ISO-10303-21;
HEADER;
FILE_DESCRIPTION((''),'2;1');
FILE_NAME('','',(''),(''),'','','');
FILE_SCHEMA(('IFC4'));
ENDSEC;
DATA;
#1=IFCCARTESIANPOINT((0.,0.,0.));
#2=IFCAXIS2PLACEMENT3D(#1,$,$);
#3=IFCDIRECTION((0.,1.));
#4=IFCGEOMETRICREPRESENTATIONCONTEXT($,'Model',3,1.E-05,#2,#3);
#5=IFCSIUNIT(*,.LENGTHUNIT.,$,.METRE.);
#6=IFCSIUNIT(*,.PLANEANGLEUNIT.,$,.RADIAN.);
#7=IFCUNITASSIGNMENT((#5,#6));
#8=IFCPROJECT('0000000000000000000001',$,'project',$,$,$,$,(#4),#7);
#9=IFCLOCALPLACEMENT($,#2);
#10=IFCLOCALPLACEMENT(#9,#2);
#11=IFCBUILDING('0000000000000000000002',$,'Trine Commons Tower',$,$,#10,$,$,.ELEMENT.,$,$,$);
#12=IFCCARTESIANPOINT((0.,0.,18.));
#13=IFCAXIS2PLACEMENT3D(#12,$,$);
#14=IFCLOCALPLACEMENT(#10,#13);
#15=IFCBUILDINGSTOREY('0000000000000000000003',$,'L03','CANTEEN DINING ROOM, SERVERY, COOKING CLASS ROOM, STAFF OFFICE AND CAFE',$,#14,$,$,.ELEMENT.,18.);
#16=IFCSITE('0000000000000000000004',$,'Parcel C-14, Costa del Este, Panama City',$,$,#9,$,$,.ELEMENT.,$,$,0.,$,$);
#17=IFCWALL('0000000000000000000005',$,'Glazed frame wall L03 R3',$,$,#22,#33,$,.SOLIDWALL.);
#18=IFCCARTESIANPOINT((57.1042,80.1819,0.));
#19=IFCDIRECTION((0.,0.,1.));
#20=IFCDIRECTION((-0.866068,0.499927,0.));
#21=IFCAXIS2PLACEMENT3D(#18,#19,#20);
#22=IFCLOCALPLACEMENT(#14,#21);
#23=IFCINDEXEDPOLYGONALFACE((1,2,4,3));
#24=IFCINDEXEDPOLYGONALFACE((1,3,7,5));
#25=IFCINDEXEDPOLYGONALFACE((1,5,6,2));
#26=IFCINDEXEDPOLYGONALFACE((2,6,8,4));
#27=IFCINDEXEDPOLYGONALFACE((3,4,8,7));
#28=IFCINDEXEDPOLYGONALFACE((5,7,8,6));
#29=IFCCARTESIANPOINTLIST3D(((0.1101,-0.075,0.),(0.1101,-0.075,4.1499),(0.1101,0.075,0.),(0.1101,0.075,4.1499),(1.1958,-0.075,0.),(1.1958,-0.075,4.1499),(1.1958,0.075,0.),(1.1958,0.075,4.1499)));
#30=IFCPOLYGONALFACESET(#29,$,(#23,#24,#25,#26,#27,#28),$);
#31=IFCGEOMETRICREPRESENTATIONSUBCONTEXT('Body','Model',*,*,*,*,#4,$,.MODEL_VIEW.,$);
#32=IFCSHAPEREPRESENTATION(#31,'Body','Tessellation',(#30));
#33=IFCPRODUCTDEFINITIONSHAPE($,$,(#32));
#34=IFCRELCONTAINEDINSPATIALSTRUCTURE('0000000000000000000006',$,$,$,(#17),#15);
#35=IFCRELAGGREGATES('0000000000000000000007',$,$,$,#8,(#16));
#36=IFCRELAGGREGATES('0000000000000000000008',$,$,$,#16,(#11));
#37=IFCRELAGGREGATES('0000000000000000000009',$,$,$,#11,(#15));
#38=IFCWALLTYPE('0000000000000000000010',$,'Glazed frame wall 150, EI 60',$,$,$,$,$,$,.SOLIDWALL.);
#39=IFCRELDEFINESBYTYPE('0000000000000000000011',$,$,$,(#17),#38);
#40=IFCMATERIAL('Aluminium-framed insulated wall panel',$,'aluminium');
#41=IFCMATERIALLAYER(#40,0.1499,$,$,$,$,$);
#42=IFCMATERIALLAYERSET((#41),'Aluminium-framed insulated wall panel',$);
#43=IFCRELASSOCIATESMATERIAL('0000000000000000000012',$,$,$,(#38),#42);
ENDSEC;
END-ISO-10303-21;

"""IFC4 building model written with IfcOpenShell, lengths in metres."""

from ifc_helpers import new_model, si_unit, direction, frame, origin, place, context, subcontext, project, spatial, polyline, outline, extrude, material, layer, layer_set, type_object, element, save


model = new_model("IFC4")

# Units and contexts
model_context = context("Model", 3, precision=1e-05, world=origin(), true_north=direction((0.0, 1.0)))
body_context = subcontext(model_context, "Body", "Model", "MODEL_VIEW")
ifc_project = project(units=[si_unit("LENGTHUNIT", "METRE"), si_unit("PLANEANGLEUNIT", "RADIAN")], contexts=[model_context])

# Site, building, storey
site_placement = place(None, origin())
site = spatial("IfcSite", under=ifc_project, at=site_placement, Name="Parcel C-14, Costa del Este, Panama City", CompositionType="ELEMENT", RefElevation=0.0)
building_placement = place(site_placement, origin())
building = spatial("IfcBuilding", under=site, at=building_placement, Name="Trine Commons Tower", CompositionType="ELEMENT")
storey_placement = place(building_placement, frame((0.0, 0.0, 18.0)))
storey = spatial("IfcBuildingStorey", under=building, at=storey_placement, Name="L03", Description="CANTEEN DINING ROOM, SERVERY, COOKING CLASS ROOM, STAFF OFFICE AND CAFE", CompositionType="ELEMENT", Elevation=18.0)

# Shared definitions
ifc_material_1 = material(Name="Aluminium-framed insulated wall panel", Category="aluminium")

# Wall
ifc_layer_1 = layer(ifc_material_1, 0.1499)
ifc_layer_set_1 = layer_set([ifc_layer_1], Name="Aluminium-framed insulated wall panel")
wall_type_1 = type_object("IfcWallType", Name="Glazed frame wall 150, EI 60", PredefinedType="SOLIDWALL", material=ifc_layer_set_1)
wall_1_placement = place(storey_placement, frame((57.1042, 80.1819, 0.0), z_axis=(0.0, 0.0, 1.0), x_axis=(-0.866068, 0.499927, 0.0)))
element("IfcWall", 1, at=wall_1_placement, inside=storey, type_object=wall_type_1, Name="Glazed frame wall L03 R3", PredefinedType="SOLIDWALL", context=body_context, shape_type="SweptSolid", body=[
    extrude(outline(polyline([(0.1101, 0.075), (0.1101, -0.075), (1.1958, -0.075), (1.1958, 0.075), (0.1101, 0.075)])), origin(), (0.0, 0.0, 1.0), 4.1499),
])

save(model, "model.ifc")
